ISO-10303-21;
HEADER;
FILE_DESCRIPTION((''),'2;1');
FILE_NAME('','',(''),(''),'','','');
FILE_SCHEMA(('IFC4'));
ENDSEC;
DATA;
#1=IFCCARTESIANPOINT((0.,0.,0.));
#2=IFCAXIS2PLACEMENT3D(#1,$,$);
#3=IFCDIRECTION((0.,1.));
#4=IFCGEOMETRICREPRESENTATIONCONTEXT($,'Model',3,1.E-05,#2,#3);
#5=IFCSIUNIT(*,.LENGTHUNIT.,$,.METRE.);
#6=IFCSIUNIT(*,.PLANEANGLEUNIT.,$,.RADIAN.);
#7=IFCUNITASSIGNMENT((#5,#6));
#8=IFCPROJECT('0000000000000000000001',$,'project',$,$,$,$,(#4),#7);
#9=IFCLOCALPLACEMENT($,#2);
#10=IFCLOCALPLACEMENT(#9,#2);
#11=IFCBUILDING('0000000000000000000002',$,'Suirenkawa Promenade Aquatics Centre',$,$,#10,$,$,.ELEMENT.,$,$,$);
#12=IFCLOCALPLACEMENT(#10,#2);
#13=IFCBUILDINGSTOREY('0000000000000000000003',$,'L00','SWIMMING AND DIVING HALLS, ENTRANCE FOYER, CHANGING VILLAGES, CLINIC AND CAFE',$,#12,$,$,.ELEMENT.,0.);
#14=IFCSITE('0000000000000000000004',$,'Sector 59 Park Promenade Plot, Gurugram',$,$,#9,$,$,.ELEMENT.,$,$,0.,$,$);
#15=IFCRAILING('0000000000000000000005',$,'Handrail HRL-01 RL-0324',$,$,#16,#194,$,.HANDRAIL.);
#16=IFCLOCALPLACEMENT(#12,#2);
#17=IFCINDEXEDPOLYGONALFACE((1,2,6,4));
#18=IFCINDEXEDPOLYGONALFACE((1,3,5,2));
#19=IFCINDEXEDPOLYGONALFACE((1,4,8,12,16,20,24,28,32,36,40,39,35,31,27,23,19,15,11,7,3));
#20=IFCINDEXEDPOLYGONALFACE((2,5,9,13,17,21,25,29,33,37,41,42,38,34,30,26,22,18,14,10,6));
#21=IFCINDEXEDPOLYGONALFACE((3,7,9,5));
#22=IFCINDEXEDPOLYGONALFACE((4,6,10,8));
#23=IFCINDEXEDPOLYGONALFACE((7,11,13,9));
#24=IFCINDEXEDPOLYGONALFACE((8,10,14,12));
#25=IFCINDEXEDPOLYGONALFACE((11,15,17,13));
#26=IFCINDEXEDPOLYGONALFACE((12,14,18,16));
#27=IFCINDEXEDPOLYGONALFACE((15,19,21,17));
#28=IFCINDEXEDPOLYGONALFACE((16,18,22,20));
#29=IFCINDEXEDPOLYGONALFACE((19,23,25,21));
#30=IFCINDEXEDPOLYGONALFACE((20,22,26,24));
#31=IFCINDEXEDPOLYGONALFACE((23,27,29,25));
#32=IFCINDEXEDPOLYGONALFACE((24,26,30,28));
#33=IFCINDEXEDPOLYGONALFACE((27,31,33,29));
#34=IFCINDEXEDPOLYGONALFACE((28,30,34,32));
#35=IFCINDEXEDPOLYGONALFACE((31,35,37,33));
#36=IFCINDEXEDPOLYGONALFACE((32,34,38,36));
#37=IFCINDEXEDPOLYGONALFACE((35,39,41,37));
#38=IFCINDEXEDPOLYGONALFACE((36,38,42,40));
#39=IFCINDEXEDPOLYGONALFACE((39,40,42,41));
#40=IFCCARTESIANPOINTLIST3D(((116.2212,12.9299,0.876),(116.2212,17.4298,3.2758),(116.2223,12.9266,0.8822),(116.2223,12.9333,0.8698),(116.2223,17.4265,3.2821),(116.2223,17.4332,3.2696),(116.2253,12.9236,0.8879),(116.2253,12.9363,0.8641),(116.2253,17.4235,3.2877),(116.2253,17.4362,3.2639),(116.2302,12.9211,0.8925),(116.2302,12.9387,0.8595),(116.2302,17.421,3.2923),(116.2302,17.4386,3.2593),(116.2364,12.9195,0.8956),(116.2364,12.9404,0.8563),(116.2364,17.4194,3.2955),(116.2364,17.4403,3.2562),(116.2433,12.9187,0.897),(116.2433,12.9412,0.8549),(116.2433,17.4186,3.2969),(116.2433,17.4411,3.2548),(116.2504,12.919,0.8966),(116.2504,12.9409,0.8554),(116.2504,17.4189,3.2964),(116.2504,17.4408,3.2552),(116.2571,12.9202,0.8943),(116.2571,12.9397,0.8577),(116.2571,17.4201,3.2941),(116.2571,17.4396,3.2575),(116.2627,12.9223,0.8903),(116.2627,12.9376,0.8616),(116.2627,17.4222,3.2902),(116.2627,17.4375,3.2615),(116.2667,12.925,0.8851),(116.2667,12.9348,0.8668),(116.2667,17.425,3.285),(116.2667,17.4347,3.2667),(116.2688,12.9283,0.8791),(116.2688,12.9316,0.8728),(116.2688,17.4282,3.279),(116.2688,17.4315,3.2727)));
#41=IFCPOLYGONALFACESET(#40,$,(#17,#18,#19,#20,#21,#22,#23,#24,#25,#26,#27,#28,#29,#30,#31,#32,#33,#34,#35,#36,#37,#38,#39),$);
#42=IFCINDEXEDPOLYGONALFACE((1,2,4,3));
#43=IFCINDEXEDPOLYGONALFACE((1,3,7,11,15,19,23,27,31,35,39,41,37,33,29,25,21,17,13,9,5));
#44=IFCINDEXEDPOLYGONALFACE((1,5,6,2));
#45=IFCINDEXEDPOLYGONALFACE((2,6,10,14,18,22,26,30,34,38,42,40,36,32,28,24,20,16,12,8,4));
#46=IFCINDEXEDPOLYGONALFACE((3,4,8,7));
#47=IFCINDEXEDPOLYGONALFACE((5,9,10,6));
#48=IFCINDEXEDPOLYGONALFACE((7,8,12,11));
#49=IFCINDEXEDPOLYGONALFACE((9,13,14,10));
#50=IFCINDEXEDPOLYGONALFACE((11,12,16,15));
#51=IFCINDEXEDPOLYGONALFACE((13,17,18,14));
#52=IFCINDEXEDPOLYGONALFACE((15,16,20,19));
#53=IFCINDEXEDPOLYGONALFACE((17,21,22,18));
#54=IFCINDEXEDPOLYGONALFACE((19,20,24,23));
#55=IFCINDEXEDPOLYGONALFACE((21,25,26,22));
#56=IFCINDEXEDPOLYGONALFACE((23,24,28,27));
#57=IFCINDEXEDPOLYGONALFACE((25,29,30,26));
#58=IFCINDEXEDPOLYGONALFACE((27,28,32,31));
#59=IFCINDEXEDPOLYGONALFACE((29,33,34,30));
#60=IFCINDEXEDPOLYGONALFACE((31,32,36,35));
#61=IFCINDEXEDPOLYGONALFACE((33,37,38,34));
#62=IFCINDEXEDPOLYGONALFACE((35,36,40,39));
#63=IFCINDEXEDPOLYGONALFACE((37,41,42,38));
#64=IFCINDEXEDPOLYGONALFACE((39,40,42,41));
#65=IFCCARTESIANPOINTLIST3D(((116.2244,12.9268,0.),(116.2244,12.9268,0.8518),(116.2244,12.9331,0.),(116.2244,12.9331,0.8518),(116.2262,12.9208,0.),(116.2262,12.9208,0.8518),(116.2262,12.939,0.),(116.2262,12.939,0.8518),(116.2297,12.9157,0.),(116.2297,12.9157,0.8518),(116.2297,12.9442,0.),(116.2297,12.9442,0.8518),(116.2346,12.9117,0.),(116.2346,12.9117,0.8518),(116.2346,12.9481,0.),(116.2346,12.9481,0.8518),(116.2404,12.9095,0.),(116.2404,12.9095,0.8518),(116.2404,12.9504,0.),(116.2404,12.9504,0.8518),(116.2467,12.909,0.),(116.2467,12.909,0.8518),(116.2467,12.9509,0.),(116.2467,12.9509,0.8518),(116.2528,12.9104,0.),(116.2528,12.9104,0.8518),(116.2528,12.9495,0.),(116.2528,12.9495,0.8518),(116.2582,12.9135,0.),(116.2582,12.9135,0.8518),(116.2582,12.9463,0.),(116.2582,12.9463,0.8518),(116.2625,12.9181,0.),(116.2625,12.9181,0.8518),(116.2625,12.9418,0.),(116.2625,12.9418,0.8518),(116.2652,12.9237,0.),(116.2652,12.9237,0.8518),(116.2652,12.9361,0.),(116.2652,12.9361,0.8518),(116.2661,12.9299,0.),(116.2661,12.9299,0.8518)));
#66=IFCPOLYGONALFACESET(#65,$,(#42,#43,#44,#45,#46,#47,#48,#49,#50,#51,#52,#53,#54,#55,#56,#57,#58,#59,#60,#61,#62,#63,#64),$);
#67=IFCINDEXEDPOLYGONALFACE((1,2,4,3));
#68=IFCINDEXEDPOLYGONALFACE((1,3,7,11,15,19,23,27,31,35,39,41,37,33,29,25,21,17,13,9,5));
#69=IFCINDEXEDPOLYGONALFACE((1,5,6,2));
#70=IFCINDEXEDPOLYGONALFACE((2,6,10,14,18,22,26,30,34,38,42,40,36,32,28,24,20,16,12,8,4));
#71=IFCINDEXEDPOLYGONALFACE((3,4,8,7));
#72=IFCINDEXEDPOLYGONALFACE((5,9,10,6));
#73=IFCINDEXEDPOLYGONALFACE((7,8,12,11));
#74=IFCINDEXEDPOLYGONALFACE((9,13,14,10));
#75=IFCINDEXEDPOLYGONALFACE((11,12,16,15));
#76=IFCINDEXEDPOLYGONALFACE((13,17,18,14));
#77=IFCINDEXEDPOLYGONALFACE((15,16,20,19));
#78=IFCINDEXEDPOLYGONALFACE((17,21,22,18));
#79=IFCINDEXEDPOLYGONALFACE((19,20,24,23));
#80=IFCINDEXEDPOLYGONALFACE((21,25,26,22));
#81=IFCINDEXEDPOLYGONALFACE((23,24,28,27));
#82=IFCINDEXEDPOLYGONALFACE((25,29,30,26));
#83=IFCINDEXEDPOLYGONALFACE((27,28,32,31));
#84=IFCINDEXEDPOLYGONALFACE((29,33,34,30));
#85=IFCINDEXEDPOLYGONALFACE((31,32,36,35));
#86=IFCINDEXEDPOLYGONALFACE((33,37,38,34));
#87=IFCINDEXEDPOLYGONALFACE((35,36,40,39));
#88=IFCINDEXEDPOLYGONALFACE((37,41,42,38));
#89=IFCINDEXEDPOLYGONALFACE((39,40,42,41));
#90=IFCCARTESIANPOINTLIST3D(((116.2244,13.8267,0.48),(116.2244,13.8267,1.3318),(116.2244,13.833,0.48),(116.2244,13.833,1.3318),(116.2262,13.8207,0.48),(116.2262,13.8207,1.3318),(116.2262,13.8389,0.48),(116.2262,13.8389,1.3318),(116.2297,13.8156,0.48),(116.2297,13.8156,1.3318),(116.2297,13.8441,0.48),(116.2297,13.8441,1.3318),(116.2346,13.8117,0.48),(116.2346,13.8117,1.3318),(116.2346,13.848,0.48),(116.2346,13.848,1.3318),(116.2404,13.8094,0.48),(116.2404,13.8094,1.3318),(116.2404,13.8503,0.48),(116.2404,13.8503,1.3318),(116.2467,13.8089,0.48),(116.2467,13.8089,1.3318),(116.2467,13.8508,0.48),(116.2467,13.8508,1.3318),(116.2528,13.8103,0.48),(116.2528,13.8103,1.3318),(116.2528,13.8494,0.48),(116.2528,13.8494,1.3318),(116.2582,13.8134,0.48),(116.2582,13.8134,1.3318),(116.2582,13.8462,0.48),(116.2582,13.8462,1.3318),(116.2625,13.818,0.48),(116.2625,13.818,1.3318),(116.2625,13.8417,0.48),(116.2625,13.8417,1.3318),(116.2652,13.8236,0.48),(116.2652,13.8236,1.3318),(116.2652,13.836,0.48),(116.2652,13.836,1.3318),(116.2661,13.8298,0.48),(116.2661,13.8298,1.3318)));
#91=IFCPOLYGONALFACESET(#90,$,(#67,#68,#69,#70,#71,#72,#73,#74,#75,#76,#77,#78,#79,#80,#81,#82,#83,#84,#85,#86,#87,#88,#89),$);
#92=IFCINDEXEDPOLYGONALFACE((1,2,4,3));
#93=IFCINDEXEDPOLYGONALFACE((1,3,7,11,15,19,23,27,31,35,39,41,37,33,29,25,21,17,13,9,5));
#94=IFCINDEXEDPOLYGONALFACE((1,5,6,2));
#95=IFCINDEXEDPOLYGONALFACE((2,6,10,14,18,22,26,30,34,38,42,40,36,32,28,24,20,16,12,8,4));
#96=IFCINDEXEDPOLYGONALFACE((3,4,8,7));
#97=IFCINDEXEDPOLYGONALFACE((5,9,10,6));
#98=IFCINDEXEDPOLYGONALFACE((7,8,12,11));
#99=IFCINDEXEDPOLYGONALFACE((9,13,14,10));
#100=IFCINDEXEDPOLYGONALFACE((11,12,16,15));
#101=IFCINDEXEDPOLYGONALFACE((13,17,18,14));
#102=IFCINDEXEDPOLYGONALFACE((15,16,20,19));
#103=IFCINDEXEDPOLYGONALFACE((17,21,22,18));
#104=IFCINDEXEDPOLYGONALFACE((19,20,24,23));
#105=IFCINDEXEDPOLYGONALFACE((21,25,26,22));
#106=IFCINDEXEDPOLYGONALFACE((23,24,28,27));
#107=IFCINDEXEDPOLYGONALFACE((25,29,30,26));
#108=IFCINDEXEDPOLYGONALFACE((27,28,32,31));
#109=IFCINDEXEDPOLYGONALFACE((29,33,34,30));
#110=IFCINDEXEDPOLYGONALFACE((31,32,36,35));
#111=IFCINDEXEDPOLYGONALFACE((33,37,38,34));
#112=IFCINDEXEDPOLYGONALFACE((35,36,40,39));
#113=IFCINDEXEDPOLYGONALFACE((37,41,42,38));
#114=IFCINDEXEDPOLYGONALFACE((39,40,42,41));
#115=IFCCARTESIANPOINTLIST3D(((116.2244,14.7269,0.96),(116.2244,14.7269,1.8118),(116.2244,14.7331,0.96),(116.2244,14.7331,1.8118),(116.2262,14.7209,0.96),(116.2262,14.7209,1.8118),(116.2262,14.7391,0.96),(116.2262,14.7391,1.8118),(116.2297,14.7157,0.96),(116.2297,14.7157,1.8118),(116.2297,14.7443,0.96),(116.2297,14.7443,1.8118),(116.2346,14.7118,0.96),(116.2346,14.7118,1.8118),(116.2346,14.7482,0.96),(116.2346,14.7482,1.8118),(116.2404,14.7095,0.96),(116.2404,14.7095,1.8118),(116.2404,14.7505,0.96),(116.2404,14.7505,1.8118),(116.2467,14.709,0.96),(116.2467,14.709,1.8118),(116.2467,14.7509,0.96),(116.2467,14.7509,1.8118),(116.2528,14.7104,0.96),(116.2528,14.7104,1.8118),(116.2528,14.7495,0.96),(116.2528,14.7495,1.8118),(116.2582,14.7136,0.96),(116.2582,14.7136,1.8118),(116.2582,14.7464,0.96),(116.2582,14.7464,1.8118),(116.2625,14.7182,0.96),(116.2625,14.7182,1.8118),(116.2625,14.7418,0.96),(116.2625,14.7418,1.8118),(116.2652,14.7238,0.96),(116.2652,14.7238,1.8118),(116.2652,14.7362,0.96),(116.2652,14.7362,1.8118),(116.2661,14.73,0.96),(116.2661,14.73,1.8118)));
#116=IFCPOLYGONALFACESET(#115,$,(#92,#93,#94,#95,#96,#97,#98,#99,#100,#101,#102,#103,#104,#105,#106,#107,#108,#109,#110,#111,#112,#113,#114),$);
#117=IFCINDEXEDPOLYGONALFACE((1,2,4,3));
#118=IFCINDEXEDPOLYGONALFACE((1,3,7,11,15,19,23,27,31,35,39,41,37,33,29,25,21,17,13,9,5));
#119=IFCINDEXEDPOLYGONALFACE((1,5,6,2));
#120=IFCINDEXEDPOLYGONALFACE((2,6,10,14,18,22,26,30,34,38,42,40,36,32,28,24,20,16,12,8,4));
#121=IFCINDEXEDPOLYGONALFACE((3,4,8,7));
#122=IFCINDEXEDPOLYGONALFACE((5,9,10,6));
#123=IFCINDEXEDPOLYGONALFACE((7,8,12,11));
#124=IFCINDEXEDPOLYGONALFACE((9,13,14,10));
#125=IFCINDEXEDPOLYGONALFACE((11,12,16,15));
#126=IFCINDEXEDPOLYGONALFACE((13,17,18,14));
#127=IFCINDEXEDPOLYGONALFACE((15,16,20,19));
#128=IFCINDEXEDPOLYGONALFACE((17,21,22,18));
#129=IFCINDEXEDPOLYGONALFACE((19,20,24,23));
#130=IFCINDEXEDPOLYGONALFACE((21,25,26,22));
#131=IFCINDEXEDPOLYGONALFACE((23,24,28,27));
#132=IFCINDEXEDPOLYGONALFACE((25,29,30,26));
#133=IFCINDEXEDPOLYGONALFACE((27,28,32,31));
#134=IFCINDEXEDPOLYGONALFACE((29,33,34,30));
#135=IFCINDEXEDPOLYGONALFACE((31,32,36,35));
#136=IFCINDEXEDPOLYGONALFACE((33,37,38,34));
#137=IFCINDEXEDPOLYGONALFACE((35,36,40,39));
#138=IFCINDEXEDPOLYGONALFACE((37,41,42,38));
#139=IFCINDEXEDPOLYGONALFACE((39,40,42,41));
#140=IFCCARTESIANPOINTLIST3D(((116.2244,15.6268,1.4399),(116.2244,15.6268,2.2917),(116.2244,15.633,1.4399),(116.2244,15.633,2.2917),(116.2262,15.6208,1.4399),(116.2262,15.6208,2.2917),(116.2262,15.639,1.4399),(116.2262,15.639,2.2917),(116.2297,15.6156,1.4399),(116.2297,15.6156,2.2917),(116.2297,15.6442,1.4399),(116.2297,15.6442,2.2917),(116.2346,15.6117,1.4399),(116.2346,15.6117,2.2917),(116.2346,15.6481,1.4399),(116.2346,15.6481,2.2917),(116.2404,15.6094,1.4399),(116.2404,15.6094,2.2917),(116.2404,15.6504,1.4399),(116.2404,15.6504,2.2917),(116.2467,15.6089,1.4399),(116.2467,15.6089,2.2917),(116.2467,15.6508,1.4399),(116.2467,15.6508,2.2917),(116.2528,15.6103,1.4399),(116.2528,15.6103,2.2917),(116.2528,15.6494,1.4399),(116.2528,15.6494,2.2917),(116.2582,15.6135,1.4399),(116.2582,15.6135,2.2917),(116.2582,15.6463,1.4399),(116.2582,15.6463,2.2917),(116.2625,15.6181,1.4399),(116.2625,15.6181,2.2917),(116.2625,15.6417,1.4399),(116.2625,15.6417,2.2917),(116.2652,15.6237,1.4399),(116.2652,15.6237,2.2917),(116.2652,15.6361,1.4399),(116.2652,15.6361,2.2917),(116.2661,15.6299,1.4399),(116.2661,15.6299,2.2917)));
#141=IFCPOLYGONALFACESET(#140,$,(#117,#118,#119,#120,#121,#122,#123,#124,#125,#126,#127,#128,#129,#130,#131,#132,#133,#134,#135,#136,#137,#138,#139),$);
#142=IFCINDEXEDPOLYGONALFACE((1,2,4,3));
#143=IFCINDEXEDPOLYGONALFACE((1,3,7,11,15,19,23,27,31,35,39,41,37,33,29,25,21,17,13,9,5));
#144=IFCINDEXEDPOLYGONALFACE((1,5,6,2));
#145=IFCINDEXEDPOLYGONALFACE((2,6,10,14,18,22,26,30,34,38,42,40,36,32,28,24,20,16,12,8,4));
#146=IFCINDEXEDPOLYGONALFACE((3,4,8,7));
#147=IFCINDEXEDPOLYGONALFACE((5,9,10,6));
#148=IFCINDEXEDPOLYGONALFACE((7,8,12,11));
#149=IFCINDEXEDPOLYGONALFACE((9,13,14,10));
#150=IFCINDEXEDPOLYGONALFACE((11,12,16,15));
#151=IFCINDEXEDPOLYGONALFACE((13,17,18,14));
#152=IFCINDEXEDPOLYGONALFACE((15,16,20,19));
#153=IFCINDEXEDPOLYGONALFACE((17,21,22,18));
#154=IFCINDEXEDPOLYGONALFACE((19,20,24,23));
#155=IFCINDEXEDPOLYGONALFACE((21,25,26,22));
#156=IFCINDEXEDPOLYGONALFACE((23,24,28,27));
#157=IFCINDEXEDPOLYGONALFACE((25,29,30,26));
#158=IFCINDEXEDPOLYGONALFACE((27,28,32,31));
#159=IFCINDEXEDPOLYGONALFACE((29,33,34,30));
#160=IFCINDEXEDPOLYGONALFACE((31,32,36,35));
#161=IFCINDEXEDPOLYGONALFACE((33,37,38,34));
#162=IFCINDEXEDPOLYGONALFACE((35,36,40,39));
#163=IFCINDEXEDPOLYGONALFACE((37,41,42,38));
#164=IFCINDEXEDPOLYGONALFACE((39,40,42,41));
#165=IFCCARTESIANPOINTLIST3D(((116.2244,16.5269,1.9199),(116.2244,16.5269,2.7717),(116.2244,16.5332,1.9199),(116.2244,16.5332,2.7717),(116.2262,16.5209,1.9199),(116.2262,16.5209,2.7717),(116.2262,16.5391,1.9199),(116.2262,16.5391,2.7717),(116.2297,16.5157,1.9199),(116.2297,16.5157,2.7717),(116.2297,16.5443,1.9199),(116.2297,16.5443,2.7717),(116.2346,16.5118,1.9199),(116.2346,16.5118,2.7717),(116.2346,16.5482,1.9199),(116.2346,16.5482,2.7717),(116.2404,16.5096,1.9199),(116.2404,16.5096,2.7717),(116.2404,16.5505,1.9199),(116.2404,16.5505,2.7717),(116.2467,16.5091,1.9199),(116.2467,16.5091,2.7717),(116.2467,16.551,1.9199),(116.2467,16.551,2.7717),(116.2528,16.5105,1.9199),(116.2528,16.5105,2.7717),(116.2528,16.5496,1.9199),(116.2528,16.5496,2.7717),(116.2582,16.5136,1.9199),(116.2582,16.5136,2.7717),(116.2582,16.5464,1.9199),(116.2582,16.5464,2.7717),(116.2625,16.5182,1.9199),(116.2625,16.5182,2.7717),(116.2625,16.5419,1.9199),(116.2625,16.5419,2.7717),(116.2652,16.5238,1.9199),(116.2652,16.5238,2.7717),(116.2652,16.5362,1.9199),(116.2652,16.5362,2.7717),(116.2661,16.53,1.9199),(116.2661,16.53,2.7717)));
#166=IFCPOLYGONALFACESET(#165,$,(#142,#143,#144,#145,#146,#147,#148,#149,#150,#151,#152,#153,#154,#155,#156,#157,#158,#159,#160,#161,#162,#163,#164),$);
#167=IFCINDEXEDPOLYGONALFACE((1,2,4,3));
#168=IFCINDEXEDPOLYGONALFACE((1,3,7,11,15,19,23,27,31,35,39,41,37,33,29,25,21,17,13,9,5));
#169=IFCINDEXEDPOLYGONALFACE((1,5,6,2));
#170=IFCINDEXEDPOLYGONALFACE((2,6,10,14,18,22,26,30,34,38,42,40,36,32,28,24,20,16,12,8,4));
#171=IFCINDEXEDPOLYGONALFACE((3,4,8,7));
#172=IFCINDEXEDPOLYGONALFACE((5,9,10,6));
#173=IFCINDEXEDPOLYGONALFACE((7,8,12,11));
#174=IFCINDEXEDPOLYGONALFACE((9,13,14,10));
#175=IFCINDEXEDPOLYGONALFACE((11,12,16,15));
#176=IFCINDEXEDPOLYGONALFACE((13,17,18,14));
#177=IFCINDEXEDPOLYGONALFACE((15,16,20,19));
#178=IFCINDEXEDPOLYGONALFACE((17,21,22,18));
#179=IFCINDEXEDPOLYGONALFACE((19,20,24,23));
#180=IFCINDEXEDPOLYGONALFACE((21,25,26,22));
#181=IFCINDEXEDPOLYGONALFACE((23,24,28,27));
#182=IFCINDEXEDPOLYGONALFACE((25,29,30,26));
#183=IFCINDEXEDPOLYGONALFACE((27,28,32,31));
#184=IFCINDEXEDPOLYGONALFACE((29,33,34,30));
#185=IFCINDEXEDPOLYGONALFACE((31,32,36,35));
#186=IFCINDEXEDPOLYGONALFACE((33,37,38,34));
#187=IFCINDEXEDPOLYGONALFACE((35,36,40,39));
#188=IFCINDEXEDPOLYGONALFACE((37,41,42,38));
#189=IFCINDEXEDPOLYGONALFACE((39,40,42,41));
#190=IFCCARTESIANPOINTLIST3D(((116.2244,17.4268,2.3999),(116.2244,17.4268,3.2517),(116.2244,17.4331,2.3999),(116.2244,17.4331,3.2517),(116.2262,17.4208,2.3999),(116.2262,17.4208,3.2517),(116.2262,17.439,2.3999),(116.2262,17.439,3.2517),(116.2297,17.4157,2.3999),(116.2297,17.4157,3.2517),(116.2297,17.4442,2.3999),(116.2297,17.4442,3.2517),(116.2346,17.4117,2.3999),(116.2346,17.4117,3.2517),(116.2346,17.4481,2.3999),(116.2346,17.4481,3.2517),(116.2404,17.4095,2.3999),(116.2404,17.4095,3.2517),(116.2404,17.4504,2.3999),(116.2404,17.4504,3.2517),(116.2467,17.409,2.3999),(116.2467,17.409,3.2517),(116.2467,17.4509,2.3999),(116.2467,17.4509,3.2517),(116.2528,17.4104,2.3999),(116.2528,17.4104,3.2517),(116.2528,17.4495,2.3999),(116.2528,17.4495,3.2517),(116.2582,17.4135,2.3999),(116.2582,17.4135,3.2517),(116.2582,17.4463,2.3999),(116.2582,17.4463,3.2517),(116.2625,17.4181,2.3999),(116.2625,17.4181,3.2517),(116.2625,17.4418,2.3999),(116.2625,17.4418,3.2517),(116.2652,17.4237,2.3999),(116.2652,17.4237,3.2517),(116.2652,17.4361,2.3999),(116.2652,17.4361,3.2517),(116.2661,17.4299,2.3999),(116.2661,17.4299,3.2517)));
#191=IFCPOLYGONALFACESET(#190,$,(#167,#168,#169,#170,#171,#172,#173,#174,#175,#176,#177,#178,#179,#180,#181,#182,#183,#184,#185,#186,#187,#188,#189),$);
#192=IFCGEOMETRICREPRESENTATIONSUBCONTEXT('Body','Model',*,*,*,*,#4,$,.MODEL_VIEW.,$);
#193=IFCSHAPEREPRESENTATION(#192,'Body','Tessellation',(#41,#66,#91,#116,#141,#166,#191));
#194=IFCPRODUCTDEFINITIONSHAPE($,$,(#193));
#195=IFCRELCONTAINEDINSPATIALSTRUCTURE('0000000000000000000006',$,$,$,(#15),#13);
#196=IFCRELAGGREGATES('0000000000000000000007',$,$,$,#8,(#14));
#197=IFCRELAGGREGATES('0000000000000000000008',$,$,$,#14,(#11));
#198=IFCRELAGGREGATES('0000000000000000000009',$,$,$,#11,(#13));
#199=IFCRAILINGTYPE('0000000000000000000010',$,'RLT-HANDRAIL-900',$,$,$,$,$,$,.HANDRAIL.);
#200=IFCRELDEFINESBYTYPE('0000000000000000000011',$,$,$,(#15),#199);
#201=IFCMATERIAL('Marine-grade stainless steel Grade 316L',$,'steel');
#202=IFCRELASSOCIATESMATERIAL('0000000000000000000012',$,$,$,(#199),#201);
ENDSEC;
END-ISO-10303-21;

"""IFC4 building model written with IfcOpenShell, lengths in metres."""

from ifc_helpers import new_model, si_unit, direction, frame, origin, origin_2d, place, context, subcontext, project, spatial, circle, extrude, material, type_object, element, save


model = new_model("IFC4")

# Units and contexts
model_context = context("Model", 3, precision=1e-05, world=origin(), true_north=direction((0.0, 1.0)))
body_context = subcontext(model_context, "Body", "Model", "MODEL_VIEW")
ifc_project = project(units=[si_unit("LENGTHUNIT", "METRE"), si_unit("PLANEANGLEUNIT", "RADIAN")], contexts=[model_context])

# Site, building, storey
site_placement = place(None, origin())
site = spatial("IfcSite", under=ifc_project, at=site_placement, Name="Sector 59 Park Promenade Plot, Gurugram", CompositionType="ELEMENT", RefElevation=0.0)
building_placement = place(site_placement, origin())
building = spatial("IfcBuilding", under=site, at=building_placement, Name="Suirenkawa Promenade Aquatics Centre", CompositionType="ELEMENT")
storey_placement = place(building_placement, origin())
storey = spatial("IfcBuildingStorey", under=building, at=storey_placement, Name="L00", Description="SWIMMING AND DIVING HALLS, ENTRANCE FOYER, CHANGING VILLAGES, CLINIC AND CAFE", CompositionType="ELEMENT", Elevation=0.0)

# Railing
ifc_material_1 = material(Name="Marine-grade stainless steel Grade 316L", Category="steel")
railing_type_1 = type_object("IfcRailingType", Name="RLT-HANDRAIL-900", PredefinedType="HANDRAIL", material=ifc_material_1)
for number, where, name in (
    (1, (116.2451, 12.9299, 0.0), "Handrail HRL-01 RL-0324"),
):
    element("IfcRailing", number, at=place(storey_placement, frame(where)), inside=storey, type_object=railing_type_1, Name=name, PredefinedType="HANDRAIL", context=body_context, shape_type="SweptSolid", body=[
        extrude(circle(Radius=0.0239, at=origin_2d()), frame((0.0, 0.0, 0.876), z_axis=(0.0, 0.882361, 0.470573), x_axis=(-1.0, 0.0, 0.0)), (0.0, 0.0, 1.0), 5.0999),
        extrude(circle(Radius=0.021, at=origin_2d()), origin(), (0.0, 0.0, 1.0), 0.8518),
        extrude(circle(Radius=0.021, at=origin_2d()), frame((0.0, 0.8999, 0.48)), (0.0, 0.0, 1.0), 0.8518),
        extrude(circle(Radius=0.021, at=origin_2d()), frame((0.0, 1.8, 0.96)), (0.0, 0.0, 1.0), 0.8518),
        extrude(circle(Radius=0.021, at=origin_2d()), frame((0.0, 2.7, 1.4399)), (0.0, 0.0, 1.0), 0.8518),
        extrude(circle(Radius=0.021, at=origin_2d()), frame((0.0, 3.6001, 1.9199)), (0.0, 0.0, 1.0), 0.8518),
        extrude(circle(Radius=0.021, at=origin_2d()), frame((0.0, 4.5, 2.3999)), (0.0, 0.0, 1.0), 0.8518),
    ])

save(model, "model.ifc")
